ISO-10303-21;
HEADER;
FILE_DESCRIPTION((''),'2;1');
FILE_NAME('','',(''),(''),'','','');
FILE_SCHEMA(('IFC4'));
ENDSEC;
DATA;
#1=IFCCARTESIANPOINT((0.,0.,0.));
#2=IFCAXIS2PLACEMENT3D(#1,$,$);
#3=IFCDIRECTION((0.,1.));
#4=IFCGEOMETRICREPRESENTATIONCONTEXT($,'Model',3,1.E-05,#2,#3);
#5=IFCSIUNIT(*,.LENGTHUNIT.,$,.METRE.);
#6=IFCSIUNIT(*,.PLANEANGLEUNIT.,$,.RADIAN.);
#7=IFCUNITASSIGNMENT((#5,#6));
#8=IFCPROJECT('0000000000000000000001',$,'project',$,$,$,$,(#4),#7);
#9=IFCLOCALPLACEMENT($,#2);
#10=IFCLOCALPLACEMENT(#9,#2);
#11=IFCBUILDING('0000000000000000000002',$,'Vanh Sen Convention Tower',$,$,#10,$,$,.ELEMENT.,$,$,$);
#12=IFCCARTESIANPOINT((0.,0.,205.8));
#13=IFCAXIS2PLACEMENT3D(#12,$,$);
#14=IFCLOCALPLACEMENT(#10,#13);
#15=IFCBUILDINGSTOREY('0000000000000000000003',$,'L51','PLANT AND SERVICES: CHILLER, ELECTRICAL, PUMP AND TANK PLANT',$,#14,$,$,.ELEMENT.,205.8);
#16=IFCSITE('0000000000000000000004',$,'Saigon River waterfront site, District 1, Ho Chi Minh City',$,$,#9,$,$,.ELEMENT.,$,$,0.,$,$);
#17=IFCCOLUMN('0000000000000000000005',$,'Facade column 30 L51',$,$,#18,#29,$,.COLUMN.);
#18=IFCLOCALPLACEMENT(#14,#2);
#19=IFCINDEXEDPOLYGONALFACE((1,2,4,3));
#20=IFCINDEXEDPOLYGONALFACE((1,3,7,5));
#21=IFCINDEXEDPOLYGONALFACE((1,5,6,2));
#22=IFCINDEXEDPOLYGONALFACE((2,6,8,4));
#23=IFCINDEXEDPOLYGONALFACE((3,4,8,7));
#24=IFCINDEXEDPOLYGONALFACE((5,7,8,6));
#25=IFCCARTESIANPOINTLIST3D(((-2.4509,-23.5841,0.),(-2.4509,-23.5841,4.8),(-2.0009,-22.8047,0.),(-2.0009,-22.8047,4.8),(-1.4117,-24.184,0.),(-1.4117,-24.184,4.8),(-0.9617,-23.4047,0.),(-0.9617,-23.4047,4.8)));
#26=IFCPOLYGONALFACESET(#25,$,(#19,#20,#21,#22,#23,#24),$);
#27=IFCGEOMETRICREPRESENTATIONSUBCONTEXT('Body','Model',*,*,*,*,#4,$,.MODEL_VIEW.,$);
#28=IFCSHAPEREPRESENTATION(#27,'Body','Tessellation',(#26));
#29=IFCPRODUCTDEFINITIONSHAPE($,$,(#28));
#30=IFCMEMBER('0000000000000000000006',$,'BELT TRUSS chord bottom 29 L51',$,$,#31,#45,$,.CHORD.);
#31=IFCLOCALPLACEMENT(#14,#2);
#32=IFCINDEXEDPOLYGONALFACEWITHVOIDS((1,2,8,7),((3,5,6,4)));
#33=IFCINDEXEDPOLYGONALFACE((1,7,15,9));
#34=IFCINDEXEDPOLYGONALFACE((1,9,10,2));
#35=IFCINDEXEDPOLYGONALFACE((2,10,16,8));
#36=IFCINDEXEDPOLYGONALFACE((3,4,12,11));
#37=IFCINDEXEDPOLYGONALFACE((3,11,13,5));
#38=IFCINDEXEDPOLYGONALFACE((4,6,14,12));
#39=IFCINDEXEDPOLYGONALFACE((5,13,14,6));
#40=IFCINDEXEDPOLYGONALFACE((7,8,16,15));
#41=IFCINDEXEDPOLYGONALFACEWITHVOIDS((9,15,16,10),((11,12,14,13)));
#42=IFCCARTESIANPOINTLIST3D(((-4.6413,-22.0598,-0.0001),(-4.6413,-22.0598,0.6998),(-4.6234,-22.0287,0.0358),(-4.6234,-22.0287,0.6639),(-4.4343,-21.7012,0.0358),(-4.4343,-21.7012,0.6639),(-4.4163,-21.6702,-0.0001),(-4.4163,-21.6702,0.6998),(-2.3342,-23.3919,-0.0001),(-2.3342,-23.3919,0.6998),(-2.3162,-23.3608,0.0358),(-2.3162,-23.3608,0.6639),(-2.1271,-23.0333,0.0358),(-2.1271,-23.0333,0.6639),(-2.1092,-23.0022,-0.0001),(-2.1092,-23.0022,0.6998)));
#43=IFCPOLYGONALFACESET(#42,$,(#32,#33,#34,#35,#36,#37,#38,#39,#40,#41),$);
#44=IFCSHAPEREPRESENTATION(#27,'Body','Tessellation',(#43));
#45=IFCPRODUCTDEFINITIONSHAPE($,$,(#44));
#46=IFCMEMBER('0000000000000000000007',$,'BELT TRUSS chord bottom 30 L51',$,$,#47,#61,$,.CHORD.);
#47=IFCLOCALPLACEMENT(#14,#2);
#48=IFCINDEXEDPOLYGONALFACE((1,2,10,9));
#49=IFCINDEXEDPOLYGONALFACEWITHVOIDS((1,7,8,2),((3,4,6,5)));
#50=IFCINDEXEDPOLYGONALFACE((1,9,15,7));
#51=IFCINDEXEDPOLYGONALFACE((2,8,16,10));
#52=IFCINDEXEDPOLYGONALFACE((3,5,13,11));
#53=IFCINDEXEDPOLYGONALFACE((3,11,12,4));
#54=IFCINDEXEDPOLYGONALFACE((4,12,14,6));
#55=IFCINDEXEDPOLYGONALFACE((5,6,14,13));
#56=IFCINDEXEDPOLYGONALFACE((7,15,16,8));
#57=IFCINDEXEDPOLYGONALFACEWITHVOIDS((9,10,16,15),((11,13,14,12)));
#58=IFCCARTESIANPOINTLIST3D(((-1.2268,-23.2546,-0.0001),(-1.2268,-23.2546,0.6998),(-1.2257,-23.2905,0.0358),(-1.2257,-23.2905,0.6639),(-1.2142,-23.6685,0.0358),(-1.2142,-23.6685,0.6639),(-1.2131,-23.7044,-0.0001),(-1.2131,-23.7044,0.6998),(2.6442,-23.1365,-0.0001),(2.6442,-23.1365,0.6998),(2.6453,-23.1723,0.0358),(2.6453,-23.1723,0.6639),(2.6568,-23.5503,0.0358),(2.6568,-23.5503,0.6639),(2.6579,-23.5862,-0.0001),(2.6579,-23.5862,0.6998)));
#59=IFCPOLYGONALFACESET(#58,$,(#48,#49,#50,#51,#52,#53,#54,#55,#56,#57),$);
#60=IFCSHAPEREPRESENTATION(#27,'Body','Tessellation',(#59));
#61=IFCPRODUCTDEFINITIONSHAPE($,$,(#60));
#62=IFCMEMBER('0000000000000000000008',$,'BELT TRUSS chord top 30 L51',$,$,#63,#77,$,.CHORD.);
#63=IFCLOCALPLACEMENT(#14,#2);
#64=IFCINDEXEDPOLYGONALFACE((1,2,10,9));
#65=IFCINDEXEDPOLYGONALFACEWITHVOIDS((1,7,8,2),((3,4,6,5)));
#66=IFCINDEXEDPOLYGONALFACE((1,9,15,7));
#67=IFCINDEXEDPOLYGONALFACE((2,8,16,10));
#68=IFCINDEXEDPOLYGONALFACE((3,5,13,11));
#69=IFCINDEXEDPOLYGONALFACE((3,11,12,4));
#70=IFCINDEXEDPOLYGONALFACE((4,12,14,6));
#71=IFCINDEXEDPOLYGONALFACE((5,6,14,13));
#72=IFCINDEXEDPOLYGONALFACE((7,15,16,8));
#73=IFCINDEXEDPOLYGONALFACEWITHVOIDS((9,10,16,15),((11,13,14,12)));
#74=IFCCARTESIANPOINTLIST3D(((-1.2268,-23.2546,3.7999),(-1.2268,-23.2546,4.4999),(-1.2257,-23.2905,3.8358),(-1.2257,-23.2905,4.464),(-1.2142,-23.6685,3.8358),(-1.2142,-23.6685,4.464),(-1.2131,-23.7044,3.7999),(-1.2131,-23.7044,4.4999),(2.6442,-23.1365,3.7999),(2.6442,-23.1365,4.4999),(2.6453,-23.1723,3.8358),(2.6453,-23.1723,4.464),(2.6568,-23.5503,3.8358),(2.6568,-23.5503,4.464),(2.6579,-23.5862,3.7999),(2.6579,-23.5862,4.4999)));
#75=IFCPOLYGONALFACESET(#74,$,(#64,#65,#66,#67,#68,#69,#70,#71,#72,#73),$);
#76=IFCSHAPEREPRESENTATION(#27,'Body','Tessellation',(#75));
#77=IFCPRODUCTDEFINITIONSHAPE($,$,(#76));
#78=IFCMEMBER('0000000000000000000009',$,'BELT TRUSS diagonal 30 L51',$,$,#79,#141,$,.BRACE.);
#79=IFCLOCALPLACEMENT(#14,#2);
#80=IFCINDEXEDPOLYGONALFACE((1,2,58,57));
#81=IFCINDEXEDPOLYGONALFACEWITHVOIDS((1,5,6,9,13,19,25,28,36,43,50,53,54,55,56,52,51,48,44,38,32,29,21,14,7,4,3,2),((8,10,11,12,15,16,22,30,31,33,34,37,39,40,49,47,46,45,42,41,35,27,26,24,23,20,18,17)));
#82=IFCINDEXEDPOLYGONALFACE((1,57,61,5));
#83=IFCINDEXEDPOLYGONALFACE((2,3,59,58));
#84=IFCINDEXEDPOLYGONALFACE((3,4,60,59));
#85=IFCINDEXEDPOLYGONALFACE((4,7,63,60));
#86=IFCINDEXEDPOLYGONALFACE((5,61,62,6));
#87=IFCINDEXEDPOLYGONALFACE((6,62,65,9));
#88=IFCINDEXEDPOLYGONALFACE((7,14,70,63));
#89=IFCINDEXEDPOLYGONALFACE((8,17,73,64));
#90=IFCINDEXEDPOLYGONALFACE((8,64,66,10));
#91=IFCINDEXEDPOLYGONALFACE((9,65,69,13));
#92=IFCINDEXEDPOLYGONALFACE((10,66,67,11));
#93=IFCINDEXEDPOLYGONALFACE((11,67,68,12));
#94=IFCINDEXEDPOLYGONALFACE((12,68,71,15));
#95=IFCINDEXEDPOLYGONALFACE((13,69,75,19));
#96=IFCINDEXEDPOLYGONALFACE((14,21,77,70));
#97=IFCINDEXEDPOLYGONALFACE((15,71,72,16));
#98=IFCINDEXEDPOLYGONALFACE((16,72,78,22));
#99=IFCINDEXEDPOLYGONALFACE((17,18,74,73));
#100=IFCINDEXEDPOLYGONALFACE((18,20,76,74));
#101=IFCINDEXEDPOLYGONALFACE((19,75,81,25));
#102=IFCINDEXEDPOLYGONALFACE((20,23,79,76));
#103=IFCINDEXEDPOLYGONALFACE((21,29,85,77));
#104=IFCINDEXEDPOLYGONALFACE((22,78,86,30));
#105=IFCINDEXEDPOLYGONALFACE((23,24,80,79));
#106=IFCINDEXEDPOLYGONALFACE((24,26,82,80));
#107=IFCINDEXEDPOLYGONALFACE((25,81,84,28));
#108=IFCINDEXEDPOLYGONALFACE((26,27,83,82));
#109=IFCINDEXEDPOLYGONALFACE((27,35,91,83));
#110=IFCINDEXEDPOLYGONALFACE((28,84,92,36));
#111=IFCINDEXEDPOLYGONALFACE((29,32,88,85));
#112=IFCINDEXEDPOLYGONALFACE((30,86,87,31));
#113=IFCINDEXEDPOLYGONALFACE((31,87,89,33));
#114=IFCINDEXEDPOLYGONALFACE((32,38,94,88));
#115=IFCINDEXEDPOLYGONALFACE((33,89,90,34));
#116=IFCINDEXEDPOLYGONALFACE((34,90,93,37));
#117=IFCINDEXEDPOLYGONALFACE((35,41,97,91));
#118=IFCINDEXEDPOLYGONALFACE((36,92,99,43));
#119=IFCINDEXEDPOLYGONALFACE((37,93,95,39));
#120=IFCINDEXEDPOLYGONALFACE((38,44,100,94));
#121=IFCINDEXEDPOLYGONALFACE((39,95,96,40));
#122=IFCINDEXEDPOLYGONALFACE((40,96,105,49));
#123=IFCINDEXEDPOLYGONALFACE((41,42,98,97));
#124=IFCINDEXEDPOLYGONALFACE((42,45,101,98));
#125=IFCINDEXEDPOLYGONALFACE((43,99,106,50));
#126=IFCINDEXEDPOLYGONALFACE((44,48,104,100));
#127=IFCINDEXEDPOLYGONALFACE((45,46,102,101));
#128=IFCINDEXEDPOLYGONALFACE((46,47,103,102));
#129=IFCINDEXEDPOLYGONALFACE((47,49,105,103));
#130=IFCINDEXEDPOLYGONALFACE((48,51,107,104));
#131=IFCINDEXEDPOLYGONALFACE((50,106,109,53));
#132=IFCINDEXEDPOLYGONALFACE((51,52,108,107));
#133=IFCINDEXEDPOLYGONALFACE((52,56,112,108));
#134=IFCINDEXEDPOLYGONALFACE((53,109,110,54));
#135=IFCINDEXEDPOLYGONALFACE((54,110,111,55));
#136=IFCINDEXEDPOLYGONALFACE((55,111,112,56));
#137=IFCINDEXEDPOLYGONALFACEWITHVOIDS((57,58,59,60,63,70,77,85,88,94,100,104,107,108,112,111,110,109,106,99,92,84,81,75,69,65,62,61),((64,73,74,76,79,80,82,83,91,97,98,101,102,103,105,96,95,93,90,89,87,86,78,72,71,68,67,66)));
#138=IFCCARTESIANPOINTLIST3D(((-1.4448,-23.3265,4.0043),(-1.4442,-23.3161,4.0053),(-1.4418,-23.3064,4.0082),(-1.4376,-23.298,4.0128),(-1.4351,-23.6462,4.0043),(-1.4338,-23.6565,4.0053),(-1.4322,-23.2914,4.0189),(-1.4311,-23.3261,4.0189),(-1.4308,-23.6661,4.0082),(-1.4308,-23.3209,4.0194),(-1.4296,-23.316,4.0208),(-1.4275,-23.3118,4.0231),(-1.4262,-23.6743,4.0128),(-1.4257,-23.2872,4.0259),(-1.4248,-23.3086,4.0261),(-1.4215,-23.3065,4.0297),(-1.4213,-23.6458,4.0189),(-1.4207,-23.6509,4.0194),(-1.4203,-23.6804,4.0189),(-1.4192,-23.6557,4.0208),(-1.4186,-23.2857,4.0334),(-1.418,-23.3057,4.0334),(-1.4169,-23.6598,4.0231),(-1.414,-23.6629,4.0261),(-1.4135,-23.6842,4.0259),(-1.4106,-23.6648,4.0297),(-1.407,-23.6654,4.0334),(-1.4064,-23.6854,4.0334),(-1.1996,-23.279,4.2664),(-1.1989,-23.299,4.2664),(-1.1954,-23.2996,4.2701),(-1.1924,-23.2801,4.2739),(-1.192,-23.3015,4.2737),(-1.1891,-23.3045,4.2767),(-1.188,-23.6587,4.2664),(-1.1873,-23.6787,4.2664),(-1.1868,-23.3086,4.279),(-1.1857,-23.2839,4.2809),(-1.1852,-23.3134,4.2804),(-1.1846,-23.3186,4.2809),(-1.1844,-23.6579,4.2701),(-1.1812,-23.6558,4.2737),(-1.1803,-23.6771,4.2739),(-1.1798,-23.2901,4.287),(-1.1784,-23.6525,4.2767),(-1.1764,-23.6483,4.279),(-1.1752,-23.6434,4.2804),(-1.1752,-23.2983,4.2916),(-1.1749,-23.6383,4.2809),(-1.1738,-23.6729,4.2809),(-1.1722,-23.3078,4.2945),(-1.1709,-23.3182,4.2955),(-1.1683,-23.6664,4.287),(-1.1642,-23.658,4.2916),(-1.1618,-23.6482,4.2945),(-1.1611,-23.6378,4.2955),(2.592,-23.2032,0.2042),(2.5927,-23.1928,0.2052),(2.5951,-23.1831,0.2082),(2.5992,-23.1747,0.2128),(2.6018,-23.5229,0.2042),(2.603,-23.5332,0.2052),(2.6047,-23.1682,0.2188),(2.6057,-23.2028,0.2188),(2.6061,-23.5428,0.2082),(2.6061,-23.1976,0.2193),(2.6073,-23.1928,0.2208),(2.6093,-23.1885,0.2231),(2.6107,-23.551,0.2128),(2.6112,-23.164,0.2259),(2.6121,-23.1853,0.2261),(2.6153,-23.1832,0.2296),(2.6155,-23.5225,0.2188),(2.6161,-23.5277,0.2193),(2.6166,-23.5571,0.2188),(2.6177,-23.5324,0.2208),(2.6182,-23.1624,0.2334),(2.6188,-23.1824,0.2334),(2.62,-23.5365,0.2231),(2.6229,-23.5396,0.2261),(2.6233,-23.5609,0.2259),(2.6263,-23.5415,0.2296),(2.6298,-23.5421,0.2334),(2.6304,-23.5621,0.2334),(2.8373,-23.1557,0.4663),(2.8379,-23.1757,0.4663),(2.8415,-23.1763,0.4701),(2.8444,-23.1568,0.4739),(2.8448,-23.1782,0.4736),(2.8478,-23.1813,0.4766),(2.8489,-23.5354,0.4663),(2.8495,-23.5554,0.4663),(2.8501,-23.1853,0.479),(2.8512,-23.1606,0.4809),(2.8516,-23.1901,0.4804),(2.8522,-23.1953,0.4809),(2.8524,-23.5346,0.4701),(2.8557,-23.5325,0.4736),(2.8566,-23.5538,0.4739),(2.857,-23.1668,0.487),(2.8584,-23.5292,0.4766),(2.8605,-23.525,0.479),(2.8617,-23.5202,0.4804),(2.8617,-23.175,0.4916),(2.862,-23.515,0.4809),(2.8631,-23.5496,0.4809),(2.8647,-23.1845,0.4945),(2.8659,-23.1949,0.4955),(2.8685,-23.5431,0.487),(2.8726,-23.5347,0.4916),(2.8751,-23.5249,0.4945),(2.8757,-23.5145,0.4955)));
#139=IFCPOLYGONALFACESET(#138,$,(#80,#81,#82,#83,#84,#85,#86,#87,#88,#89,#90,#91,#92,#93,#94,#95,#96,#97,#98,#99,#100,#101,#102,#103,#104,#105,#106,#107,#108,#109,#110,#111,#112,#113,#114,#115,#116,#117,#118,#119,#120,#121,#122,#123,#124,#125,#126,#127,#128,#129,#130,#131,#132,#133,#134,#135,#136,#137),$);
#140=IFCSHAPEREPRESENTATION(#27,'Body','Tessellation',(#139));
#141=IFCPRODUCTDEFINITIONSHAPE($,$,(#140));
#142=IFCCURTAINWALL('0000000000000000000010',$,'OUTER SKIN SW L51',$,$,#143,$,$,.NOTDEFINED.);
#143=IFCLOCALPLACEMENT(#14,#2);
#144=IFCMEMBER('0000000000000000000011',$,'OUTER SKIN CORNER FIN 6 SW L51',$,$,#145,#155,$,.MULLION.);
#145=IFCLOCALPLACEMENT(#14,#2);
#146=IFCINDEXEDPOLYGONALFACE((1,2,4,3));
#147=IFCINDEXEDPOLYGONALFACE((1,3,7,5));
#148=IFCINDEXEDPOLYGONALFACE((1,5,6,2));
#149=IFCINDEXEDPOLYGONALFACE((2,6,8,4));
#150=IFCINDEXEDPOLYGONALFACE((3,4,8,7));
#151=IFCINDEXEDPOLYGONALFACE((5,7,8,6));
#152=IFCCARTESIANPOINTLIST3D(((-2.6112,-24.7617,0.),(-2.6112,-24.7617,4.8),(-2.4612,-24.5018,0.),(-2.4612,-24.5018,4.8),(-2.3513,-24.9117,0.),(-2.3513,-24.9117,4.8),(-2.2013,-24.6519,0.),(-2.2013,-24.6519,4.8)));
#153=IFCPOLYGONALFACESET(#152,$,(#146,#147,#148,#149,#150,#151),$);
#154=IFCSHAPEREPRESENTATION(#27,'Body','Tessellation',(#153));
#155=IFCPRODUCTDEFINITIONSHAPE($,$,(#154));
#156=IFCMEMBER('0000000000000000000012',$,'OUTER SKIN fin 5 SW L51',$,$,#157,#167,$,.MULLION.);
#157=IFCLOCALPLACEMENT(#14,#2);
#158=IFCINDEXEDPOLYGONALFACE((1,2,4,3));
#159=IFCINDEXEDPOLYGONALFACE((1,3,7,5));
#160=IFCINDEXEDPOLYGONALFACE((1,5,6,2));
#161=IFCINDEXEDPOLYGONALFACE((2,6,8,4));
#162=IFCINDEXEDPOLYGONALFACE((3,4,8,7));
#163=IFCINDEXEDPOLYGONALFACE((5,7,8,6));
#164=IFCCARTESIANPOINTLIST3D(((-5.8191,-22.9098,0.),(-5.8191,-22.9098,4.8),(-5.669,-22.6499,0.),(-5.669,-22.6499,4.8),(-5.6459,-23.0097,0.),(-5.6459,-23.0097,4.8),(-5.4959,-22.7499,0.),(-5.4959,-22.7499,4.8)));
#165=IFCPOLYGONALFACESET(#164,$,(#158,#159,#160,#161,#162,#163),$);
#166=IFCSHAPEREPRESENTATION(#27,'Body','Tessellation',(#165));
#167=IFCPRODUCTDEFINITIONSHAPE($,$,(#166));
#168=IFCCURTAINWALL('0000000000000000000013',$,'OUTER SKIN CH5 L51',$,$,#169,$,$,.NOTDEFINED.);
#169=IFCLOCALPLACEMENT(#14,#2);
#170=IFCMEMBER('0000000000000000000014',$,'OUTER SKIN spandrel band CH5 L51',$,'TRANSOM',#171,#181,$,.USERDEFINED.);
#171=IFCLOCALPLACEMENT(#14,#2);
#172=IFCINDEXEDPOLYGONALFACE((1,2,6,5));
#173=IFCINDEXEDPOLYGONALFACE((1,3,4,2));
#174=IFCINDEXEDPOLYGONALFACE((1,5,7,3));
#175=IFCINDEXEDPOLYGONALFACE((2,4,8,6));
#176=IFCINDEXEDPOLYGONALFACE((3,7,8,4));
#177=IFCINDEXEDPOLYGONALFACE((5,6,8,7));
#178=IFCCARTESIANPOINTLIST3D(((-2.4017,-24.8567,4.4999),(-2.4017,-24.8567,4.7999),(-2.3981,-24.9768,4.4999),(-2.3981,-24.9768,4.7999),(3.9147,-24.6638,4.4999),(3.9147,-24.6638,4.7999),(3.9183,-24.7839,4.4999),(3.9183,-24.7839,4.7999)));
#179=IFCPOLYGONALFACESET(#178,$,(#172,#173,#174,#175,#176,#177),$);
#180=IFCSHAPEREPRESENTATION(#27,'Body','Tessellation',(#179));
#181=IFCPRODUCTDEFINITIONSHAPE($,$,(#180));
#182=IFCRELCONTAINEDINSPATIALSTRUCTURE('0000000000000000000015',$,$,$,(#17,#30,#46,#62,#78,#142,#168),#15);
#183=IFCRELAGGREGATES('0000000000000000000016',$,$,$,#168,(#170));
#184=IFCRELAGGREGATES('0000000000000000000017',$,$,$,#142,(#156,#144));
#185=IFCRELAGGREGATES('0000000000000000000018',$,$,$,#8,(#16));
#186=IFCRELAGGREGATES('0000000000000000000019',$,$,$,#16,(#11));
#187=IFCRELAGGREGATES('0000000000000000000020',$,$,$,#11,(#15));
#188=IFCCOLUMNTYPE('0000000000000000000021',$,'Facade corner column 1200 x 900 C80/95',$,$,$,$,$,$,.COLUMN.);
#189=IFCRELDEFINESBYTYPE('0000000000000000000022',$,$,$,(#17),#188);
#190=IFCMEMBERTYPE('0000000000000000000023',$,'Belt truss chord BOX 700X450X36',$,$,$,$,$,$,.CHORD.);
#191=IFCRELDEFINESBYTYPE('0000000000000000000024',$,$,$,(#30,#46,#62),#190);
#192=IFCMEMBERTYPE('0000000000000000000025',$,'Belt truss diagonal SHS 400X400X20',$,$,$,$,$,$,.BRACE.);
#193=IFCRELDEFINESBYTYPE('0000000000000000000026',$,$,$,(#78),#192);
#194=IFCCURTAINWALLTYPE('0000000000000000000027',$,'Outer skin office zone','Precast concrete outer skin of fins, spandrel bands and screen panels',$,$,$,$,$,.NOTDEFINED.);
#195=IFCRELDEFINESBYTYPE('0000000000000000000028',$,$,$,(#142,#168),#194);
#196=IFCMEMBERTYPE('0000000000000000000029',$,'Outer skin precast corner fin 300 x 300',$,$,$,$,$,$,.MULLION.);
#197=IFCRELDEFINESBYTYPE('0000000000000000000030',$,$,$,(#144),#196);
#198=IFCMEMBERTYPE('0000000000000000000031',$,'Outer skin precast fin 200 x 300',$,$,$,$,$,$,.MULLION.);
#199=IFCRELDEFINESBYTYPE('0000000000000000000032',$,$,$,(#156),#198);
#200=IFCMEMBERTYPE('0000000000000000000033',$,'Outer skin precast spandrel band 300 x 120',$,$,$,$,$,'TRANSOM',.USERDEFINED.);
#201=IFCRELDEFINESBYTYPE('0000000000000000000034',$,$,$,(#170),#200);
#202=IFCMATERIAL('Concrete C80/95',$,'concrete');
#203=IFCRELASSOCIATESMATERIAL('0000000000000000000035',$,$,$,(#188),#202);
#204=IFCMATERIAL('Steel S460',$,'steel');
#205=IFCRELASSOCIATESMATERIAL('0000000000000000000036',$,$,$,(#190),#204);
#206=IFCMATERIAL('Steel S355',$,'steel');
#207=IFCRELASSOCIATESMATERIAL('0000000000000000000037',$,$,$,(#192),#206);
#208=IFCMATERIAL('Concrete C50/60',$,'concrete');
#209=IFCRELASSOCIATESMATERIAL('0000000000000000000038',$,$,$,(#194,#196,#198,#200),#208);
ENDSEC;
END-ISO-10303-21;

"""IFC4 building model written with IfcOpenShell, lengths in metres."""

from ifc_helpers import new_model, si_unit, direction, frame, origin, origin_2d, place, context, subcontext, project, spatial, rectangle, hollow_rectangle, extrude, material, material_profile, profile_set, type_object, element, aggregate, save


model = new_model("IFC4")

# Units and contexts
model_context = context("Model", 3, precision=1e-05, world=origin(), true_north=direction((0.0, 1.0)))
body_context = subcontext(model_context, "Body", "Model", "MODEL_VIEW")
ifc_project = project(units=[si_unit("LENGTHUNIT", "METRE"), si_unit("PLANEANGLEUNIT", "RADIAN")], contexts=[model_context])

# Site, building, storey
site_placement = place(None, origin())
site = spatial("IfcSite", under=ifc_project, at=site_placement, Name="Saigon River waterfront site, District 1, Ho Chi Minh City", CompositionType="ELEMENT", RefElevation=0.0)
building_placement = place(site_placement, origin())
building = spatial("IfcBuilding", under=site, at=building_placement, Name="Vanh Sen Convention Tower", CompositionType="ELEMENT")
storey_placement = place(building_placement, frame((0.0, 0.0, 205.8)))
storey = spatial("IfcBuildingStorey", under=building, at=storey_placement, Name="L51", Description="PLANT AND SERVICES: CHILLER, ELECTRICAL, PUMP AND TANK PLANT", CompositionType="ELEMENT", Elevation=205.8)

# Column
ifc_material_1 = material(Name="Concrete C80/95", Category="concrete")
ifc_material_profile_1 = material_profile(ifc_material_1, rectangle(XDim=1.2, YDim=0.8999, at=origin_2d()), Name="RC 1200X900")
ifc_profile_set_1 = profile_set([ifc_material_profile_1], Name="Concrete C80/95")
column_type = type_object("IfcColumnType", Name="Facade corner column 1200 x 900 C80/95", PredefinedType="COLUMN", material=ifc_profile_set_1)
column_placement = place(storey_placement, frame((-1.7063, -23.4944, 0.0), z_axis=(0.0, 0.0, 1.0), x_axis=(0.866025, -0.5, 0.0)))
element("IfcColumn", 1, at=column_placement, inside=storey, type_object=column_type, Name="Facade column 30 L51", PredefinedType="COLUMN", context=body_context, shape_type="SweptSolid", body=[
    extrude(rectangle(XDim=1.2, YDim=0.8999, at=origin_2d()), origin(), (0.0, 0.0, 1.0), 4.8),
])

# Members
ifc_material_2 = material(Name="Steel S460", Category="steel")
ifc_material_profile_2 = material_profile(ifc_material_2, hollow_rectangle(XDim=0.45, YDim=0.7, WallThickness=0.0359, at=origin_2d()), Name="BOX 700X450X36")
ifc_profile_set_2 = profile_set([ifc_material_profile_2], Name="Steel S460")
member_type_1 = type_object("IfcMemberType", Name="Belt truss chord BOX 700X450X36", PredefinedType="CHORD", material=ifc_profile_set_2)
member_1_placement = place(storey_placement, frame((-4.5288, -21.865, 0.3499), z_axis=(0.866024, -0.500003, 0.0), x_axis=(0.500003, 0.866024, 0.0)))
element("IfcMember", 2, at=member_1_placement, inside=storey, type_object=member_type_1, Name="BELT TRUSS chord bottom 29 L51", PredefinedType="CHORD", context=body_context, shape_type="SweptSolid", body=[
    extrude(hollow_rectangle(XDim=0.45, YDim=0.7, WallThickness=0.0359, at=origin_2d()), origin(), (0.0, 0.0, 1.0), 2.6641),
])
for number, where, z_axis, x_axis, name in (
    (3, (-1.22, -23.4795, 0.3499), (0.999534, 0.030511, 0.0), (-0.030511, 0.999534, 0.0), "BELT TRUSS chord bottom 30 L51"),
    (4, (-1.22, -23.4795, 4.1499), (0.999534, 0.030511, 0.0), (-0.030511, 0.999534, 0.0), "BELT TRUSS chord top 30 L51"),
):
    element("IfcMember", number, at=place(storey_placement, frame(where, z_axis=z_axis, x_axis=x_axis)), inside=storey, type_object=member_type_1, Name=name, PredefinedType="CHORD", context=body_context, shape_type="SweptSolid", body=[
        extrude(hollow_rectangle(XDim=0.45, YDim=0.7, WallThickness=0.0359, at=origin_2d()), origin(), (0.0, 0.0, 1.0), 3.8728),
    ])
ifc_material_3 = material(Name="Steel S355", Category="steel")
ifc_material_profile_3 = material_profile(ifc_material_3, hollow_rectangle(XDim=0.3999, YDim=0.3999, WallThickness=0.02, InnerFilletRadius=0.02, OuterFilletRadius=0.04, at=origin_2d()), Name="SHS 400X400X20")
ifc_profile_set_3 = profile_set([ifc_material_profile_3], Name="Steel S355")
member_type_2 = type_object("IfcMemberType", Name="Belt truss diagonal SHS 400X400X20", PredefinedType="BRACE", material=ifc_profile_set_3)
member_2_placement = place(storey_placement, frame((-1.303, -23.4822, 4.1499), z_axis=(0.727962, 0.022233, -0.685257), x_axis=(-0.030527, 0.999534, 0.0)))
element("IfcMember", 5, at=member_2_placement, inside=storey, type_object=member_type_2, Name="BELT TRUSS diagonal 30 L51", PredefinedType="BRACE", context=body_context, shape_type="SweptSolid", body=[
    extrude(hollow_rectangle(XDim=0.3999, YDim=0.3999, WallThickness=0.02, InnerFilletRadius=0.02, OuterFilletRadius=0.04, at=origin_2d()), origin(), (0.0, 0.0, 1.0), 5.5454),
])

# Curtain wall, members
ifc_material_4 = material(Name="Concrete C50/60", Category="concrete")
curtain_wall_type = type_object("IfcCurtainWallType", Name="Outer skin office zone", Description="Precast concrete outer skin of fins, spandrel bands and screen panels", PredefinedType="NOTDEFINED", material=ifc_material_4)
curtain_wall_1_placement = place(storey_placement, origin())
curtain_wall_1 = element("IfcCurtainWall", 6, at=curtain_wall_1_placement, inside=storey, type_object=curtain_wall_type, Name="OUTER SKIN SW L51", PredefinedType="NOTDEFINED")
ifc_material_profile_4 = material_profile(ifc_material_4, rectangle(XDim=0.3, YDim=0.3, at=origin_2d()), Name="Outer skin precast corner fin 300 x 300")
ifc_profile_set_4 = profile_set([ifc_material_profile_4], Name="Concrete C50/60")
member_type_3 = type_object("IfcMemberType", Name="Outer skin precast corner fin 300 x 300", PredefinedType="MULLION", material=ifc_profile_set_4)
member_3_placement = place(storey_placement, frame((-2.4062, -24.7068, 0.0), z_axis=(0.0, 0.0, 1.0), x_axis=(0.866025, -0.5, 0.0)))
member_3 = element("IfcMember", 7, at=member_3_placement, type_object=member_type_3, Name="OUTER SKIN CORNER FIN 6 SW L51", PredefinedType="MULLION", context=body_context, shape_type="SweptSolid", body=[
    extrude(rectangle(XDim=0.3, YDim=0.3, at=origin_2d()), origin(), (0.0, 0.0, 1.0), 4.8),
])
ifc_material_profile_5 = material_profile(ifc_material_4, rectangle(XDim=0.2, YDim=0.3, at=origin_2d()), Name="Outer skin precast fin 200 x 300")
ifc_profile_set_5 = profile_set([ifc_material_profile_5], Name="Concrete C50/60")
member_type_4 = type_object("IfcMemberType", Name="Outer skin precast fin 200 x 300", PredefinedType="MULLION", material=ifc_profile_set_5)
member_4_placement = place(storey_placement, frame((-5.6575, -22.8298, 0.0), z_axis=(0.0, 0.0, 1.0), x_axis=(0.866025, -0.5, 0.0)))
member_4 = element("IfcMember", 8, at=member_4_placement, type_object=member_type_4, Name="OUTER SKIN fin 5 SW L51", PredefinedType="MULLION", context=body_context, shape_type="SweptSolid", body=[
    extrude(rectangle(XDim=0.2, YDim=0.3, at=origin_2d()), origin(), (0.0, 0.0, 1.0), 4.8),
])

# Curtain wall, member
curtain_wall_2_placement = place(storey_placement, origin())
curtain_wall_2 = element("IfcCurtainWall", 9, at=curtain_wall_2_placement, inside=storey, type_object=curtain_wall_type, Name="OUTER SKIN CH5 L51", PredefinedType="NOTDEFINED")
ifc_material_profile_6 = material_profile(ifc_material_4, rectangle(XDim=0.1201, YDim=0.3, at=origin_2d()), Name="Outer skin precast spandrel band 300 x 120")
ifc_profile_set_6 = profile_set([ifc_material_profile_6], Name="Concrete C50/60")
member_type_5 = type_object("IfcMemberType", Name="Outer skin precast spandrel band 300 x 120", ElementType="TRANSOM", PredefinedType="USERDEFINED", material=ifc_profile_set_6)
member_5_placement = place(storey_placement, frame((-2.3999, -24.9167, 4.6499), z_axis=(0.999534, 0.030521, 0.0), x_axis=(-0.030521, 0.999534, 0.0)))
member_5 = element("IfcMember", 10, at=member_5_placement, type_object=member_type_5, Name="OUTER SKIN spandrel band CH5 L51", ObjectType="TRANSOM", PredefinedType="USERDEFINED", context=body_context, shape_type="SweptSolid", body=[
    extrude(rectangle(XDim=0.1201, YDim=0.3, at=origin_2d()), origin(), (0.0, 0.0, 1.0), 6.3193),
])
aggregate(curtain_wall_2, [member_5])

aggregate(curtain_wall_1, [member_4, member_3])

save(model, "model.ifc")
